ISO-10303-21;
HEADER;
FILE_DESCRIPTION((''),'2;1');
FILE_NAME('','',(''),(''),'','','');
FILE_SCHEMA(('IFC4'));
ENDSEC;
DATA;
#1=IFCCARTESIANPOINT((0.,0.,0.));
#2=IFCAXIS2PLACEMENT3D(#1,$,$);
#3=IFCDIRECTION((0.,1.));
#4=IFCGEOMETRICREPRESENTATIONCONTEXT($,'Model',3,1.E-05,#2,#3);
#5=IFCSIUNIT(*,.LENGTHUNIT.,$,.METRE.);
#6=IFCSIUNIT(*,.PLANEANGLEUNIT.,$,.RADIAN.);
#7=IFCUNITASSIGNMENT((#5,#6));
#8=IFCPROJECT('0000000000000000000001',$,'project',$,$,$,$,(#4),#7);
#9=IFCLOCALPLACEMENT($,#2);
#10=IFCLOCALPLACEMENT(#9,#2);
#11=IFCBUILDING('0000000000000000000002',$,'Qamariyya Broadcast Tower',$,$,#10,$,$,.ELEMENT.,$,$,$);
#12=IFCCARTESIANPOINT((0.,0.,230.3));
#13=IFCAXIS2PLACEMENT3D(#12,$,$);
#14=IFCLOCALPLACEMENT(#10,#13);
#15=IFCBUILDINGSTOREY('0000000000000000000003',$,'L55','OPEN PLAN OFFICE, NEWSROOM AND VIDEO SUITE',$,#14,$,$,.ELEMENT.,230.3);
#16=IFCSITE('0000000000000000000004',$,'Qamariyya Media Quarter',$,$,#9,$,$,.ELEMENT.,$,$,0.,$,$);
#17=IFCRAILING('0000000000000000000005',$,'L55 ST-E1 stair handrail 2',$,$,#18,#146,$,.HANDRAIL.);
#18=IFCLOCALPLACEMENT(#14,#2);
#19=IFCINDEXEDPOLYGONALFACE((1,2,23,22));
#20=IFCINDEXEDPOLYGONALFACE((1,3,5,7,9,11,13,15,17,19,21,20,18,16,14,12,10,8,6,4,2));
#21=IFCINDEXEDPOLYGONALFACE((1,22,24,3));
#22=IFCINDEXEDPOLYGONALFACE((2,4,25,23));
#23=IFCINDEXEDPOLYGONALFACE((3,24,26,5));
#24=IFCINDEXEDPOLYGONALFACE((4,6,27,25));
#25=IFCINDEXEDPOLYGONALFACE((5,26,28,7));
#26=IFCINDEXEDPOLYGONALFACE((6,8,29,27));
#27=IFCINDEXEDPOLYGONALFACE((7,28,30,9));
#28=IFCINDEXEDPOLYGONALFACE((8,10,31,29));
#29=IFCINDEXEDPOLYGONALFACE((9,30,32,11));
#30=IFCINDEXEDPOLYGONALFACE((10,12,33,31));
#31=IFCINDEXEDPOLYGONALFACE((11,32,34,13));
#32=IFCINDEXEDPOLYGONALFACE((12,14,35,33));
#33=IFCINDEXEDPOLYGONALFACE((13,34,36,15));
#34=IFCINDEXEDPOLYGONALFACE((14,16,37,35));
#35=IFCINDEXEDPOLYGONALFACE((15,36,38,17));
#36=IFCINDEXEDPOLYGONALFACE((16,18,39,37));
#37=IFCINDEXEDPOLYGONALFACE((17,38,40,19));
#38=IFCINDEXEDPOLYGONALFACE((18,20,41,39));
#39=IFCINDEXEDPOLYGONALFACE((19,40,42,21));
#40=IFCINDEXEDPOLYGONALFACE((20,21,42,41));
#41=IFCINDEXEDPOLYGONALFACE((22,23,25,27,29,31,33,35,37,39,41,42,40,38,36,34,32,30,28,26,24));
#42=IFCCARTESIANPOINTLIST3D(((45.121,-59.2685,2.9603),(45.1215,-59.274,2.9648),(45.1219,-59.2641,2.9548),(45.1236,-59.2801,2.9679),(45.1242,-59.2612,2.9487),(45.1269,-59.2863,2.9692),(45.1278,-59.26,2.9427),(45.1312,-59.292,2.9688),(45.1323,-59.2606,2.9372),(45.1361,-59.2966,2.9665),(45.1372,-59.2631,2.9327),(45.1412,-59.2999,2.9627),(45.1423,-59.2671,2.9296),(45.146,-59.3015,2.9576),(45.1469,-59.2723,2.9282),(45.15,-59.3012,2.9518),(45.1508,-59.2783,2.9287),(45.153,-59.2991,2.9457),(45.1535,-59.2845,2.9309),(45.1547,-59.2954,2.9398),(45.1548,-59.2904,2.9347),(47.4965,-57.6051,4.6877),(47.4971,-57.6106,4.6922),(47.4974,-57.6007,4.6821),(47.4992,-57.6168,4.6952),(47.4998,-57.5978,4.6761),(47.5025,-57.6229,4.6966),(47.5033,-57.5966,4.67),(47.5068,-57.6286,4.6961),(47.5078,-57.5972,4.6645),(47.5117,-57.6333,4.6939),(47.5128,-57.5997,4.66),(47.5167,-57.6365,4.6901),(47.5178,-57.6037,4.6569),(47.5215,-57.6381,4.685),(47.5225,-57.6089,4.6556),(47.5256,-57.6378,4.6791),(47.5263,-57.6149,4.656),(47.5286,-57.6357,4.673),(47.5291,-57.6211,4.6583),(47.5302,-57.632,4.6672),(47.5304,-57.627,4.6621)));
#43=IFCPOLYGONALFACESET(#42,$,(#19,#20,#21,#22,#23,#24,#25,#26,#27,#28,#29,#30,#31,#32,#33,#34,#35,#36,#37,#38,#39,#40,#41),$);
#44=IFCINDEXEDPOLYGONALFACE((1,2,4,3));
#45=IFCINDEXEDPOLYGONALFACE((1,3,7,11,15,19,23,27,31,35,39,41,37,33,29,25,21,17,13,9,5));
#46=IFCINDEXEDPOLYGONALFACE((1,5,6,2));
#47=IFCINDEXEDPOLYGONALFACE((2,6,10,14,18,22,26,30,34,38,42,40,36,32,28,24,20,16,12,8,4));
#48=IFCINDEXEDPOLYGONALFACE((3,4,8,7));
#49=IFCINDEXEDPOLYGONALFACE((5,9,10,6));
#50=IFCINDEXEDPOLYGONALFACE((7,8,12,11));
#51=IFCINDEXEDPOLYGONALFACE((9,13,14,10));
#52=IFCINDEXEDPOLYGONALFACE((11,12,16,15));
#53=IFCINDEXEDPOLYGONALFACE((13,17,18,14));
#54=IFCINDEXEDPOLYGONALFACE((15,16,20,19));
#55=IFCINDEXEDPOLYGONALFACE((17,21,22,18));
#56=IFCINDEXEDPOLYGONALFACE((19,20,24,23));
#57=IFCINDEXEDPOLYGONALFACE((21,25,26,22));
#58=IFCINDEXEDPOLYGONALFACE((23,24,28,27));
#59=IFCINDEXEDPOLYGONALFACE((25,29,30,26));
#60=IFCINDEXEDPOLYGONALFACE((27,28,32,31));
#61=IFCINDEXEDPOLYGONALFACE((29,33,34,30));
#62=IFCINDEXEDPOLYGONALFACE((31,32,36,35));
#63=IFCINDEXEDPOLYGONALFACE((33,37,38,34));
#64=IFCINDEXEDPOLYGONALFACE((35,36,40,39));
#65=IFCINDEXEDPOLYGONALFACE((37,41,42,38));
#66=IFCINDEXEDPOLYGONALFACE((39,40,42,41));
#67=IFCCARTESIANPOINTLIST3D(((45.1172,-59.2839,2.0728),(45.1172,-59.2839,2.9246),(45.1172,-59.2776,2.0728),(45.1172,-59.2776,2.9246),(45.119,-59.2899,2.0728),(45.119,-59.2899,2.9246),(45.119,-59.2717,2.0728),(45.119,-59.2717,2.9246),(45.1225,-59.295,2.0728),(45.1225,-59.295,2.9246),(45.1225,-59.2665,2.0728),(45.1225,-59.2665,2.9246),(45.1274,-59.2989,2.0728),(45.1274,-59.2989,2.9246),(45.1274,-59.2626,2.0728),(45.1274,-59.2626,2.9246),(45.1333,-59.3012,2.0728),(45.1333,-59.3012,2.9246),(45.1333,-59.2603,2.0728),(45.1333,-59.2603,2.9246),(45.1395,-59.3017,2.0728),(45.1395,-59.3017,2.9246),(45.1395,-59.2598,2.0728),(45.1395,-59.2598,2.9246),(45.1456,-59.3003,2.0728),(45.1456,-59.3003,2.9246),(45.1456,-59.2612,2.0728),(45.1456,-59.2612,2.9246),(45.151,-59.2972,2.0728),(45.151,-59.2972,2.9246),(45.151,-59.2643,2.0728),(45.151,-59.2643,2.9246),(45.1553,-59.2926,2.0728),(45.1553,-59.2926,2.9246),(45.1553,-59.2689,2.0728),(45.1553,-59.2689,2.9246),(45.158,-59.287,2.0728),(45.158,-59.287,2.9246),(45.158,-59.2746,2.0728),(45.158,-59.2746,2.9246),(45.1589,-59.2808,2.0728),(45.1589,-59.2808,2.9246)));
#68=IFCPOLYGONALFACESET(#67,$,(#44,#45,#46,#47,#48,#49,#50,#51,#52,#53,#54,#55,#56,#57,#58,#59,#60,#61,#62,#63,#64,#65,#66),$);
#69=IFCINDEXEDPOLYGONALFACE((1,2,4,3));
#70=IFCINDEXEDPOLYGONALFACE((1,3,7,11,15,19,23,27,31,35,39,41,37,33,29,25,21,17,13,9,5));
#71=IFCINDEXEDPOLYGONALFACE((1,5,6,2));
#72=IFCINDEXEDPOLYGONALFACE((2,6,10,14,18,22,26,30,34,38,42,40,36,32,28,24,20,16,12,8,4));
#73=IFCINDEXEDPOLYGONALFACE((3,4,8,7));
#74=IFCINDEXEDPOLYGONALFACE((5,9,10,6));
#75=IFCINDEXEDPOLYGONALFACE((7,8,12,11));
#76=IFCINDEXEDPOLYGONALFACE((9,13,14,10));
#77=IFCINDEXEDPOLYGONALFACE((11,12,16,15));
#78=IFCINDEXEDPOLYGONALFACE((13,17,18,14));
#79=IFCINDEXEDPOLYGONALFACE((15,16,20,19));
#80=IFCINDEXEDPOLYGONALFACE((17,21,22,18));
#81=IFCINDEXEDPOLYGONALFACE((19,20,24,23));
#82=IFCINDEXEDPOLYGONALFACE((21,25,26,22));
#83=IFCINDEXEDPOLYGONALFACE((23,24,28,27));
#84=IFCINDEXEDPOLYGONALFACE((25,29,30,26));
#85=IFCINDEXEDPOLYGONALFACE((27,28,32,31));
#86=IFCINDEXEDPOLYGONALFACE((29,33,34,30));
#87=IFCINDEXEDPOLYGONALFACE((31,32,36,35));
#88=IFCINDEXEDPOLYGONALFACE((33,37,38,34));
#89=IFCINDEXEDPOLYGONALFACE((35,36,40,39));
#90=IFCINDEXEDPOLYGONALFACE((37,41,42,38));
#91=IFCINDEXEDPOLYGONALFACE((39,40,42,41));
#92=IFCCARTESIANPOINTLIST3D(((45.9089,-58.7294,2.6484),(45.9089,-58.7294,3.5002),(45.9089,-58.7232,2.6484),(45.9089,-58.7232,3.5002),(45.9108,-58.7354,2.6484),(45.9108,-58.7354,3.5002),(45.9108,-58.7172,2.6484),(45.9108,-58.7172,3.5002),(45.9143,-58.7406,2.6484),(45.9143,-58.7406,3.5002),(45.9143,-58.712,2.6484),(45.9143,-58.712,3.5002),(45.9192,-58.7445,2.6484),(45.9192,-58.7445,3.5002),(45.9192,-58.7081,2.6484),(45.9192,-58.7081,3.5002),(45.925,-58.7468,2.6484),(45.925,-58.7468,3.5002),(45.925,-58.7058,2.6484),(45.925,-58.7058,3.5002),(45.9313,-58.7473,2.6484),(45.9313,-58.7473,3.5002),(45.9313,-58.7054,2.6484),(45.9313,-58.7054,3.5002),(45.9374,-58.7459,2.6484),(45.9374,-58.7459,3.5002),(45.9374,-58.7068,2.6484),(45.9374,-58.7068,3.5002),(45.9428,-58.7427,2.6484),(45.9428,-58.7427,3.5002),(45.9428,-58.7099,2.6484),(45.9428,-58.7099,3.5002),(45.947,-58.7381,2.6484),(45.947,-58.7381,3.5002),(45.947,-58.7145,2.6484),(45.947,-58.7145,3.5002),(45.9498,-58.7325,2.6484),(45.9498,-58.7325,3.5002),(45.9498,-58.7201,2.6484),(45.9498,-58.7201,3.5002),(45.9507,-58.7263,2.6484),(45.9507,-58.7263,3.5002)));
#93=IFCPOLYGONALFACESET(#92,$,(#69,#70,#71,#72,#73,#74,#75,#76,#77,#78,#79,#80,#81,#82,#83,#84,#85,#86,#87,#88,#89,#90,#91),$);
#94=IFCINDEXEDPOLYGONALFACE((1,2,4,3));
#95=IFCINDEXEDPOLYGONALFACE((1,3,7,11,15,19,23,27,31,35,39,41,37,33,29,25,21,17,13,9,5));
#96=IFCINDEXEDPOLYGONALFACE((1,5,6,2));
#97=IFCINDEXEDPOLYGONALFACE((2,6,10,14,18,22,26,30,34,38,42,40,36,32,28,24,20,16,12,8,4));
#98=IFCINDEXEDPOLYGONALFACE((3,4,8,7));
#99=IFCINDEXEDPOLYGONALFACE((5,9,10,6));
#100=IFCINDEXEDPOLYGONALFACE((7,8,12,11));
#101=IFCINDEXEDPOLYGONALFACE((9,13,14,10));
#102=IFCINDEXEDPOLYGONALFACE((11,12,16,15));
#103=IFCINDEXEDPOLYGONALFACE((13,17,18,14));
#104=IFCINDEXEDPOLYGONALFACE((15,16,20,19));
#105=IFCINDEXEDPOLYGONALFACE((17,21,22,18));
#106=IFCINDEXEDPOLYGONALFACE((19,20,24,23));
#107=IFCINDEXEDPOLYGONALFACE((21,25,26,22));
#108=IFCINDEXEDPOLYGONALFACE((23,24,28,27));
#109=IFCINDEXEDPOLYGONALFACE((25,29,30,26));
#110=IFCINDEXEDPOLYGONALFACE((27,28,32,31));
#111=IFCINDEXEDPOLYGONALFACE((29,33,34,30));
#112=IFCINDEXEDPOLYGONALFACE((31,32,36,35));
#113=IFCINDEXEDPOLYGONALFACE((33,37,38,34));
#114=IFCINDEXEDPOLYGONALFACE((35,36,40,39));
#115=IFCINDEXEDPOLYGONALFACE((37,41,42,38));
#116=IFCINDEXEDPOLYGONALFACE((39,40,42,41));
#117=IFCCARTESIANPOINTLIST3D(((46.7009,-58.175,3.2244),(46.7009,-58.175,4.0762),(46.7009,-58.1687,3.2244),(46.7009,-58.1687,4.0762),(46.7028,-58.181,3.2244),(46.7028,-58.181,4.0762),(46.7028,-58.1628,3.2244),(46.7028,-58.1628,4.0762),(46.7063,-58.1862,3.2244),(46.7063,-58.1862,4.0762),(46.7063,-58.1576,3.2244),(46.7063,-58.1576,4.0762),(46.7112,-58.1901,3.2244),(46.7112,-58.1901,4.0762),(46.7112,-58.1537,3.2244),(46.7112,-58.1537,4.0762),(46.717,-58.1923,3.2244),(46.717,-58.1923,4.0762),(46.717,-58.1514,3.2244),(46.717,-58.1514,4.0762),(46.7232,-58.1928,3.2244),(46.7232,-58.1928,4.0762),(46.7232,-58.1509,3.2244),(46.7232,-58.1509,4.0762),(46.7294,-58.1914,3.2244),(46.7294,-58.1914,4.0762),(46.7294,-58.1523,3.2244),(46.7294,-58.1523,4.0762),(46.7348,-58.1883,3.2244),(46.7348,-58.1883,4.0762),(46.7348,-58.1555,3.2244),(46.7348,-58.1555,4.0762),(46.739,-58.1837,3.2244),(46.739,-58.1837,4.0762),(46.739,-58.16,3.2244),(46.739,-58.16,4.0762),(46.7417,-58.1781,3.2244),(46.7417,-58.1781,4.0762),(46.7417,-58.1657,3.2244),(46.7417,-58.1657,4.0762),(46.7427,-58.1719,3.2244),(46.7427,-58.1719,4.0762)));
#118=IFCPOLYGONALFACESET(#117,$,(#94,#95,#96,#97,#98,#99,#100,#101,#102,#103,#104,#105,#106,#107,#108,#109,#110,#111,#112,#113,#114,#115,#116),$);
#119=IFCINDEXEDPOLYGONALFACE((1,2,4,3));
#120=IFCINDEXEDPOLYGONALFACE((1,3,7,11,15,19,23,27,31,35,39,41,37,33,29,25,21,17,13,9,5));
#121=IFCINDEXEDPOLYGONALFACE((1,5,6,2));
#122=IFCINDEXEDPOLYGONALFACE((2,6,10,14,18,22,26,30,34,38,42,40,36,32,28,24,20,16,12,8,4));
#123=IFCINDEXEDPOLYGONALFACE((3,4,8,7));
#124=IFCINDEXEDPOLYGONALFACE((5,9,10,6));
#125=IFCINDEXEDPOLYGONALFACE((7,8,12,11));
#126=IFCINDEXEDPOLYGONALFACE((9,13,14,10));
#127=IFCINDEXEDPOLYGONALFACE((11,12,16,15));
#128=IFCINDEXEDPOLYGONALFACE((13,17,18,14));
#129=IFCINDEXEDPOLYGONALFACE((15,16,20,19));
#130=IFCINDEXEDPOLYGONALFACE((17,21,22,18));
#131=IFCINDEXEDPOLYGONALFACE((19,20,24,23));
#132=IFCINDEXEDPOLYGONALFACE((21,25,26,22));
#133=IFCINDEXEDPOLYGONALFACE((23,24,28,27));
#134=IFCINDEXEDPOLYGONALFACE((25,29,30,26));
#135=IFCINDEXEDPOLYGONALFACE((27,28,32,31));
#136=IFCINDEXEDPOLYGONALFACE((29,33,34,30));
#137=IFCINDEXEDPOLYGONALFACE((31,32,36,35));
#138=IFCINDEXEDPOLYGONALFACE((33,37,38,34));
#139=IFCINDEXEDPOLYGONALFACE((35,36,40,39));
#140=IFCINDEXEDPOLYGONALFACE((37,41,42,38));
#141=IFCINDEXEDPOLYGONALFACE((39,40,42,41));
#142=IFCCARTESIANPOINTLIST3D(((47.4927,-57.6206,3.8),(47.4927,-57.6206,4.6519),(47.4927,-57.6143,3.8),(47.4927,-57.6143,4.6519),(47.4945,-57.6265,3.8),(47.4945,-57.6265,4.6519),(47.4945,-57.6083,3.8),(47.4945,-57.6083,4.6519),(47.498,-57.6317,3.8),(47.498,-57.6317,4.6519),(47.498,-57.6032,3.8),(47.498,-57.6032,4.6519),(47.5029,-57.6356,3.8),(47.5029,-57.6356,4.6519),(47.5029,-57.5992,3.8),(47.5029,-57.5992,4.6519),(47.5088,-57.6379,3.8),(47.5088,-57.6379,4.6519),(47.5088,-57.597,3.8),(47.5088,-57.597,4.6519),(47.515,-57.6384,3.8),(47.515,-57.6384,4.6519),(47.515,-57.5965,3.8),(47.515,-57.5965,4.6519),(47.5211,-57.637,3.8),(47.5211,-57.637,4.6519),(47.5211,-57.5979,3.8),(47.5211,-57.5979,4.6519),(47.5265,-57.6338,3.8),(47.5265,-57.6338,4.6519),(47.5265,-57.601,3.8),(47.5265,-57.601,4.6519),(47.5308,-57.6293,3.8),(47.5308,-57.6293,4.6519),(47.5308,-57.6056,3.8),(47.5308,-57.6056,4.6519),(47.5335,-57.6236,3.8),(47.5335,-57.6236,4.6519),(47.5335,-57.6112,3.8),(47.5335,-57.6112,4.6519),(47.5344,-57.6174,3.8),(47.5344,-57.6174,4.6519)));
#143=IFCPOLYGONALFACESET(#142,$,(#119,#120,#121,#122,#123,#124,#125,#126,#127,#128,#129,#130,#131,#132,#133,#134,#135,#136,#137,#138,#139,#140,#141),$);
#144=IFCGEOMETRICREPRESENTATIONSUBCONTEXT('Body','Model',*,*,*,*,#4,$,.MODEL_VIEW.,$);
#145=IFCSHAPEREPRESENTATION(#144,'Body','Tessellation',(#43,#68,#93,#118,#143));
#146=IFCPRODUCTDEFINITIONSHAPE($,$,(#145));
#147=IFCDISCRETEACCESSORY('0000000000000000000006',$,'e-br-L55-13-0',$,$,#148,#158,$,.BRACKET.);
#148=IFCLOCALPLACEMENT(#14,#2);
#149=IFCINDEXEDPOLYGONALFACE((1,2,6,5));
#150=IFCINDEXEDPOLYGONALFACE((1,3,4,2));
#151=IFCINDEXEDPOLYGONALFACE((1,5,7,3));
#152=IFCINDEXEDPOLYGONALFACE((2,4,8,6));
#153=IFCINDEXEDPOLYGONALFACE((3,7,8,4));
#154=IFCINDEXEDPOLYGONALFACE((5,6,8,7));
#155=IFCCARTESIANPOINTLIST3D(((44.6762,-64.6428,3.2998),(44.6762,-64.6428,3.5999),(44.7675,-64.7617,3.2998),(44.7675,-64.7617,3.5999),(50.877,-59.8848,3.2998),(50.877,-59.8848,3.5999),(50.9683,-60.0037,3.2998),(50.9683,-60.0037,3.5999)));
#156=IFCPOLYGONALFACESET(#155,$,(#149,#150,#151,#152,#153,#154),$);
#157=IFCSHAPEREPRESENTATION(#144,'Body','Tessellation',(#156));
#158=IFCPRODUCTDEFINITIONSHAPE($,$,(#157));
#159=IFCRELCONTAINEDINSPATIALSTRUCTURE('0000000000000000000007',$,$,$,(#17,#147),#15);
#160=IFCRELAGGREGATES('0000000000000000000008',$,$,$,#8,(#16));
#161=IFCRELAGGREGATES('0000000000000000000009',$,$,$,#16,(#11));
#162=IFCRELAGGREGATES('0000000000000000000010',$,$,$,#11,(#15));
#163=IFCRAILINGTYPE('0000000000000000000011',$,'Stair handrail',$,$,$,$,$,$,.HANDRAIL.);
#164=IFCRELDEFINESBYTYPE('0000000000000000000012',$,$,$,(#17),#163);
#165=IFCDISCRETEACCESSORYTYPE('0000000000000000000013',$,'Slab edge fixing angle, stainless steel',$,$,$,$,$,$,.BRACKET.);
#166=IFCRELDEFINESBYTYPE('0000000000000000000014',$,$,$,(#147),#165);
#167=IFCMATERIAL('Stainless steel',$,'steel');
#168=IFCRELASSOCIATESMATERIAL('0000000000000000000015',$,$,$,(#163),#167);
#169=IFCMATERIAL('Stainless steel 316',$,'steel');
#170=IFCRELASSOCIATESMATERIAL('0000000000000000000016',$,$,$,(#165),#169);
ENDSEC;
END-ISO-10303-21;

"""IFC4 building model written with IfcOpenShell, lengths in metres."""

from ifc_helpers import new_model, si_unit, direction, frame, origin, origin_2d, place, context, subcontext, project, spatial, rectangle, circle, extrude, material, type_object, element, save


model = new_model("IFC4")

# Units and contexts
model_context = context("Model", 3, precision=1e-05, world=origin(), true_north=direction((0.0, 1.0)))
body_context = subcontext(model_context, "Body", "Model", "MODEL_VIEW")
ifc_project = project(units=[si_unit("LENGTHUNIT", "METRE"), si_unit("PLANEANGLEUNIT", "RADIAN")], contexts=[model_context])

# Site, building, storey
site_placement = place(None, origin())
site = spatial("IfcSite", under=ifc_project, at=site_placement, Name="Qamariyya Media Quarter", CompositionType="ELEMENT", RefElevation=0.0)
building_placement = place(site_placement, origin())
building = spatial("IfcBuilding", under=site, at=building_placement, Name="Qamariyya Broadcast Tower", CompositionType="ELEMENT")
storey_placement = place(building_placement, frame((0.0, 0.0, 230.3)))
storey = spatial("IfcBuildingStorey", under=building, at=storey_placement, Name="L55", Description="OPEN PLAN OFFICE, NEWSROOM AND VIDEO SUITE", CompositionType="ELEMENT", Elevation=230.3)

# Railing
ifc_material_1 = material(Name="Stainless steel", Category="steel")
railing_type_1 = type_object("IfcRailingType", Name="Stair handrail", PredefinedType="HANDRAIL", material=ifc_material_1)
railing_1_placement = place(storey_placement, frame((45.1379, -59.2808, 2.0728)))
element("IfcRailing", 1, at=railing_1_placement, inside=storey, type_object=railing_type_1, Name="L55 ST-E1 stair handrail 2", PredefinedType="HANDRAIL", context=body_context, shape_type="SweptSolid", body=[
    extrude(circle(Radius=0.0239, at=origin_2d()), frame((0.0, 0.0, 0.876), z_axis=(0.70377, 0.492784, 0.511734), x_axis=(-0.573575, 0.819153, 0.0)), (0.0, 0.0, 1.0), 3.3755),
    extrude(circle(Radius=0.021, at=origin_2d()), origin(), (0.0, 0.0, 1.0), 0.8518),
    extrude(circle(Radius=0.021, at=origin_2d()), frame((0.7917, 0.5544, 0.5757)), (0.0, 0.0, 1.0), 0.8518),
    extrude(circle(Radius=0.021, at=origin_2d()), frame((1.5837, 1.1089, 1.1516)), (0.0, 0.0, 1.0), 0.8518),
    extrude(circle(Radius=0.021, at=origin_2d()), frame((2.3755, 1.6633, 1.7273)), (0.0, 0.0, 1.0), 0.8518),
])

# Discrete accessory
ifc_material_2 = material(Name="Stainless steel 316", Category="steel")
discrete_accessory_type = type_object("IfcDiscreteAccessoryType", Name="Slab edge fixing angle, stainless steel", PredefinedType="BRACKET", material=ifc_material_2)
discrete_accessory_placement = place(storey_placement, frame((47.8223, -62.3232, 3.2998), z_axis=(0.0, 0.0, 1.0), x_axis=(0.793353, 0.608761, 0.0)))
element("IfcDiscreteAccessory", 2, at=discrete_accessory_placement, inside=storey, type_object=discrete_accessory_type, Name="e-br-L55-13-0", PredefinedType="BRACKET", context=body_context, shape_type="SweptSolid", body=[
    extrude(rectangle(XDim=7.8159, YDim=0.1499, at=origin_2d()), origin(), (0.0, 0.0, 1.0), 0.3),
])

save(model, "model.ifc")
